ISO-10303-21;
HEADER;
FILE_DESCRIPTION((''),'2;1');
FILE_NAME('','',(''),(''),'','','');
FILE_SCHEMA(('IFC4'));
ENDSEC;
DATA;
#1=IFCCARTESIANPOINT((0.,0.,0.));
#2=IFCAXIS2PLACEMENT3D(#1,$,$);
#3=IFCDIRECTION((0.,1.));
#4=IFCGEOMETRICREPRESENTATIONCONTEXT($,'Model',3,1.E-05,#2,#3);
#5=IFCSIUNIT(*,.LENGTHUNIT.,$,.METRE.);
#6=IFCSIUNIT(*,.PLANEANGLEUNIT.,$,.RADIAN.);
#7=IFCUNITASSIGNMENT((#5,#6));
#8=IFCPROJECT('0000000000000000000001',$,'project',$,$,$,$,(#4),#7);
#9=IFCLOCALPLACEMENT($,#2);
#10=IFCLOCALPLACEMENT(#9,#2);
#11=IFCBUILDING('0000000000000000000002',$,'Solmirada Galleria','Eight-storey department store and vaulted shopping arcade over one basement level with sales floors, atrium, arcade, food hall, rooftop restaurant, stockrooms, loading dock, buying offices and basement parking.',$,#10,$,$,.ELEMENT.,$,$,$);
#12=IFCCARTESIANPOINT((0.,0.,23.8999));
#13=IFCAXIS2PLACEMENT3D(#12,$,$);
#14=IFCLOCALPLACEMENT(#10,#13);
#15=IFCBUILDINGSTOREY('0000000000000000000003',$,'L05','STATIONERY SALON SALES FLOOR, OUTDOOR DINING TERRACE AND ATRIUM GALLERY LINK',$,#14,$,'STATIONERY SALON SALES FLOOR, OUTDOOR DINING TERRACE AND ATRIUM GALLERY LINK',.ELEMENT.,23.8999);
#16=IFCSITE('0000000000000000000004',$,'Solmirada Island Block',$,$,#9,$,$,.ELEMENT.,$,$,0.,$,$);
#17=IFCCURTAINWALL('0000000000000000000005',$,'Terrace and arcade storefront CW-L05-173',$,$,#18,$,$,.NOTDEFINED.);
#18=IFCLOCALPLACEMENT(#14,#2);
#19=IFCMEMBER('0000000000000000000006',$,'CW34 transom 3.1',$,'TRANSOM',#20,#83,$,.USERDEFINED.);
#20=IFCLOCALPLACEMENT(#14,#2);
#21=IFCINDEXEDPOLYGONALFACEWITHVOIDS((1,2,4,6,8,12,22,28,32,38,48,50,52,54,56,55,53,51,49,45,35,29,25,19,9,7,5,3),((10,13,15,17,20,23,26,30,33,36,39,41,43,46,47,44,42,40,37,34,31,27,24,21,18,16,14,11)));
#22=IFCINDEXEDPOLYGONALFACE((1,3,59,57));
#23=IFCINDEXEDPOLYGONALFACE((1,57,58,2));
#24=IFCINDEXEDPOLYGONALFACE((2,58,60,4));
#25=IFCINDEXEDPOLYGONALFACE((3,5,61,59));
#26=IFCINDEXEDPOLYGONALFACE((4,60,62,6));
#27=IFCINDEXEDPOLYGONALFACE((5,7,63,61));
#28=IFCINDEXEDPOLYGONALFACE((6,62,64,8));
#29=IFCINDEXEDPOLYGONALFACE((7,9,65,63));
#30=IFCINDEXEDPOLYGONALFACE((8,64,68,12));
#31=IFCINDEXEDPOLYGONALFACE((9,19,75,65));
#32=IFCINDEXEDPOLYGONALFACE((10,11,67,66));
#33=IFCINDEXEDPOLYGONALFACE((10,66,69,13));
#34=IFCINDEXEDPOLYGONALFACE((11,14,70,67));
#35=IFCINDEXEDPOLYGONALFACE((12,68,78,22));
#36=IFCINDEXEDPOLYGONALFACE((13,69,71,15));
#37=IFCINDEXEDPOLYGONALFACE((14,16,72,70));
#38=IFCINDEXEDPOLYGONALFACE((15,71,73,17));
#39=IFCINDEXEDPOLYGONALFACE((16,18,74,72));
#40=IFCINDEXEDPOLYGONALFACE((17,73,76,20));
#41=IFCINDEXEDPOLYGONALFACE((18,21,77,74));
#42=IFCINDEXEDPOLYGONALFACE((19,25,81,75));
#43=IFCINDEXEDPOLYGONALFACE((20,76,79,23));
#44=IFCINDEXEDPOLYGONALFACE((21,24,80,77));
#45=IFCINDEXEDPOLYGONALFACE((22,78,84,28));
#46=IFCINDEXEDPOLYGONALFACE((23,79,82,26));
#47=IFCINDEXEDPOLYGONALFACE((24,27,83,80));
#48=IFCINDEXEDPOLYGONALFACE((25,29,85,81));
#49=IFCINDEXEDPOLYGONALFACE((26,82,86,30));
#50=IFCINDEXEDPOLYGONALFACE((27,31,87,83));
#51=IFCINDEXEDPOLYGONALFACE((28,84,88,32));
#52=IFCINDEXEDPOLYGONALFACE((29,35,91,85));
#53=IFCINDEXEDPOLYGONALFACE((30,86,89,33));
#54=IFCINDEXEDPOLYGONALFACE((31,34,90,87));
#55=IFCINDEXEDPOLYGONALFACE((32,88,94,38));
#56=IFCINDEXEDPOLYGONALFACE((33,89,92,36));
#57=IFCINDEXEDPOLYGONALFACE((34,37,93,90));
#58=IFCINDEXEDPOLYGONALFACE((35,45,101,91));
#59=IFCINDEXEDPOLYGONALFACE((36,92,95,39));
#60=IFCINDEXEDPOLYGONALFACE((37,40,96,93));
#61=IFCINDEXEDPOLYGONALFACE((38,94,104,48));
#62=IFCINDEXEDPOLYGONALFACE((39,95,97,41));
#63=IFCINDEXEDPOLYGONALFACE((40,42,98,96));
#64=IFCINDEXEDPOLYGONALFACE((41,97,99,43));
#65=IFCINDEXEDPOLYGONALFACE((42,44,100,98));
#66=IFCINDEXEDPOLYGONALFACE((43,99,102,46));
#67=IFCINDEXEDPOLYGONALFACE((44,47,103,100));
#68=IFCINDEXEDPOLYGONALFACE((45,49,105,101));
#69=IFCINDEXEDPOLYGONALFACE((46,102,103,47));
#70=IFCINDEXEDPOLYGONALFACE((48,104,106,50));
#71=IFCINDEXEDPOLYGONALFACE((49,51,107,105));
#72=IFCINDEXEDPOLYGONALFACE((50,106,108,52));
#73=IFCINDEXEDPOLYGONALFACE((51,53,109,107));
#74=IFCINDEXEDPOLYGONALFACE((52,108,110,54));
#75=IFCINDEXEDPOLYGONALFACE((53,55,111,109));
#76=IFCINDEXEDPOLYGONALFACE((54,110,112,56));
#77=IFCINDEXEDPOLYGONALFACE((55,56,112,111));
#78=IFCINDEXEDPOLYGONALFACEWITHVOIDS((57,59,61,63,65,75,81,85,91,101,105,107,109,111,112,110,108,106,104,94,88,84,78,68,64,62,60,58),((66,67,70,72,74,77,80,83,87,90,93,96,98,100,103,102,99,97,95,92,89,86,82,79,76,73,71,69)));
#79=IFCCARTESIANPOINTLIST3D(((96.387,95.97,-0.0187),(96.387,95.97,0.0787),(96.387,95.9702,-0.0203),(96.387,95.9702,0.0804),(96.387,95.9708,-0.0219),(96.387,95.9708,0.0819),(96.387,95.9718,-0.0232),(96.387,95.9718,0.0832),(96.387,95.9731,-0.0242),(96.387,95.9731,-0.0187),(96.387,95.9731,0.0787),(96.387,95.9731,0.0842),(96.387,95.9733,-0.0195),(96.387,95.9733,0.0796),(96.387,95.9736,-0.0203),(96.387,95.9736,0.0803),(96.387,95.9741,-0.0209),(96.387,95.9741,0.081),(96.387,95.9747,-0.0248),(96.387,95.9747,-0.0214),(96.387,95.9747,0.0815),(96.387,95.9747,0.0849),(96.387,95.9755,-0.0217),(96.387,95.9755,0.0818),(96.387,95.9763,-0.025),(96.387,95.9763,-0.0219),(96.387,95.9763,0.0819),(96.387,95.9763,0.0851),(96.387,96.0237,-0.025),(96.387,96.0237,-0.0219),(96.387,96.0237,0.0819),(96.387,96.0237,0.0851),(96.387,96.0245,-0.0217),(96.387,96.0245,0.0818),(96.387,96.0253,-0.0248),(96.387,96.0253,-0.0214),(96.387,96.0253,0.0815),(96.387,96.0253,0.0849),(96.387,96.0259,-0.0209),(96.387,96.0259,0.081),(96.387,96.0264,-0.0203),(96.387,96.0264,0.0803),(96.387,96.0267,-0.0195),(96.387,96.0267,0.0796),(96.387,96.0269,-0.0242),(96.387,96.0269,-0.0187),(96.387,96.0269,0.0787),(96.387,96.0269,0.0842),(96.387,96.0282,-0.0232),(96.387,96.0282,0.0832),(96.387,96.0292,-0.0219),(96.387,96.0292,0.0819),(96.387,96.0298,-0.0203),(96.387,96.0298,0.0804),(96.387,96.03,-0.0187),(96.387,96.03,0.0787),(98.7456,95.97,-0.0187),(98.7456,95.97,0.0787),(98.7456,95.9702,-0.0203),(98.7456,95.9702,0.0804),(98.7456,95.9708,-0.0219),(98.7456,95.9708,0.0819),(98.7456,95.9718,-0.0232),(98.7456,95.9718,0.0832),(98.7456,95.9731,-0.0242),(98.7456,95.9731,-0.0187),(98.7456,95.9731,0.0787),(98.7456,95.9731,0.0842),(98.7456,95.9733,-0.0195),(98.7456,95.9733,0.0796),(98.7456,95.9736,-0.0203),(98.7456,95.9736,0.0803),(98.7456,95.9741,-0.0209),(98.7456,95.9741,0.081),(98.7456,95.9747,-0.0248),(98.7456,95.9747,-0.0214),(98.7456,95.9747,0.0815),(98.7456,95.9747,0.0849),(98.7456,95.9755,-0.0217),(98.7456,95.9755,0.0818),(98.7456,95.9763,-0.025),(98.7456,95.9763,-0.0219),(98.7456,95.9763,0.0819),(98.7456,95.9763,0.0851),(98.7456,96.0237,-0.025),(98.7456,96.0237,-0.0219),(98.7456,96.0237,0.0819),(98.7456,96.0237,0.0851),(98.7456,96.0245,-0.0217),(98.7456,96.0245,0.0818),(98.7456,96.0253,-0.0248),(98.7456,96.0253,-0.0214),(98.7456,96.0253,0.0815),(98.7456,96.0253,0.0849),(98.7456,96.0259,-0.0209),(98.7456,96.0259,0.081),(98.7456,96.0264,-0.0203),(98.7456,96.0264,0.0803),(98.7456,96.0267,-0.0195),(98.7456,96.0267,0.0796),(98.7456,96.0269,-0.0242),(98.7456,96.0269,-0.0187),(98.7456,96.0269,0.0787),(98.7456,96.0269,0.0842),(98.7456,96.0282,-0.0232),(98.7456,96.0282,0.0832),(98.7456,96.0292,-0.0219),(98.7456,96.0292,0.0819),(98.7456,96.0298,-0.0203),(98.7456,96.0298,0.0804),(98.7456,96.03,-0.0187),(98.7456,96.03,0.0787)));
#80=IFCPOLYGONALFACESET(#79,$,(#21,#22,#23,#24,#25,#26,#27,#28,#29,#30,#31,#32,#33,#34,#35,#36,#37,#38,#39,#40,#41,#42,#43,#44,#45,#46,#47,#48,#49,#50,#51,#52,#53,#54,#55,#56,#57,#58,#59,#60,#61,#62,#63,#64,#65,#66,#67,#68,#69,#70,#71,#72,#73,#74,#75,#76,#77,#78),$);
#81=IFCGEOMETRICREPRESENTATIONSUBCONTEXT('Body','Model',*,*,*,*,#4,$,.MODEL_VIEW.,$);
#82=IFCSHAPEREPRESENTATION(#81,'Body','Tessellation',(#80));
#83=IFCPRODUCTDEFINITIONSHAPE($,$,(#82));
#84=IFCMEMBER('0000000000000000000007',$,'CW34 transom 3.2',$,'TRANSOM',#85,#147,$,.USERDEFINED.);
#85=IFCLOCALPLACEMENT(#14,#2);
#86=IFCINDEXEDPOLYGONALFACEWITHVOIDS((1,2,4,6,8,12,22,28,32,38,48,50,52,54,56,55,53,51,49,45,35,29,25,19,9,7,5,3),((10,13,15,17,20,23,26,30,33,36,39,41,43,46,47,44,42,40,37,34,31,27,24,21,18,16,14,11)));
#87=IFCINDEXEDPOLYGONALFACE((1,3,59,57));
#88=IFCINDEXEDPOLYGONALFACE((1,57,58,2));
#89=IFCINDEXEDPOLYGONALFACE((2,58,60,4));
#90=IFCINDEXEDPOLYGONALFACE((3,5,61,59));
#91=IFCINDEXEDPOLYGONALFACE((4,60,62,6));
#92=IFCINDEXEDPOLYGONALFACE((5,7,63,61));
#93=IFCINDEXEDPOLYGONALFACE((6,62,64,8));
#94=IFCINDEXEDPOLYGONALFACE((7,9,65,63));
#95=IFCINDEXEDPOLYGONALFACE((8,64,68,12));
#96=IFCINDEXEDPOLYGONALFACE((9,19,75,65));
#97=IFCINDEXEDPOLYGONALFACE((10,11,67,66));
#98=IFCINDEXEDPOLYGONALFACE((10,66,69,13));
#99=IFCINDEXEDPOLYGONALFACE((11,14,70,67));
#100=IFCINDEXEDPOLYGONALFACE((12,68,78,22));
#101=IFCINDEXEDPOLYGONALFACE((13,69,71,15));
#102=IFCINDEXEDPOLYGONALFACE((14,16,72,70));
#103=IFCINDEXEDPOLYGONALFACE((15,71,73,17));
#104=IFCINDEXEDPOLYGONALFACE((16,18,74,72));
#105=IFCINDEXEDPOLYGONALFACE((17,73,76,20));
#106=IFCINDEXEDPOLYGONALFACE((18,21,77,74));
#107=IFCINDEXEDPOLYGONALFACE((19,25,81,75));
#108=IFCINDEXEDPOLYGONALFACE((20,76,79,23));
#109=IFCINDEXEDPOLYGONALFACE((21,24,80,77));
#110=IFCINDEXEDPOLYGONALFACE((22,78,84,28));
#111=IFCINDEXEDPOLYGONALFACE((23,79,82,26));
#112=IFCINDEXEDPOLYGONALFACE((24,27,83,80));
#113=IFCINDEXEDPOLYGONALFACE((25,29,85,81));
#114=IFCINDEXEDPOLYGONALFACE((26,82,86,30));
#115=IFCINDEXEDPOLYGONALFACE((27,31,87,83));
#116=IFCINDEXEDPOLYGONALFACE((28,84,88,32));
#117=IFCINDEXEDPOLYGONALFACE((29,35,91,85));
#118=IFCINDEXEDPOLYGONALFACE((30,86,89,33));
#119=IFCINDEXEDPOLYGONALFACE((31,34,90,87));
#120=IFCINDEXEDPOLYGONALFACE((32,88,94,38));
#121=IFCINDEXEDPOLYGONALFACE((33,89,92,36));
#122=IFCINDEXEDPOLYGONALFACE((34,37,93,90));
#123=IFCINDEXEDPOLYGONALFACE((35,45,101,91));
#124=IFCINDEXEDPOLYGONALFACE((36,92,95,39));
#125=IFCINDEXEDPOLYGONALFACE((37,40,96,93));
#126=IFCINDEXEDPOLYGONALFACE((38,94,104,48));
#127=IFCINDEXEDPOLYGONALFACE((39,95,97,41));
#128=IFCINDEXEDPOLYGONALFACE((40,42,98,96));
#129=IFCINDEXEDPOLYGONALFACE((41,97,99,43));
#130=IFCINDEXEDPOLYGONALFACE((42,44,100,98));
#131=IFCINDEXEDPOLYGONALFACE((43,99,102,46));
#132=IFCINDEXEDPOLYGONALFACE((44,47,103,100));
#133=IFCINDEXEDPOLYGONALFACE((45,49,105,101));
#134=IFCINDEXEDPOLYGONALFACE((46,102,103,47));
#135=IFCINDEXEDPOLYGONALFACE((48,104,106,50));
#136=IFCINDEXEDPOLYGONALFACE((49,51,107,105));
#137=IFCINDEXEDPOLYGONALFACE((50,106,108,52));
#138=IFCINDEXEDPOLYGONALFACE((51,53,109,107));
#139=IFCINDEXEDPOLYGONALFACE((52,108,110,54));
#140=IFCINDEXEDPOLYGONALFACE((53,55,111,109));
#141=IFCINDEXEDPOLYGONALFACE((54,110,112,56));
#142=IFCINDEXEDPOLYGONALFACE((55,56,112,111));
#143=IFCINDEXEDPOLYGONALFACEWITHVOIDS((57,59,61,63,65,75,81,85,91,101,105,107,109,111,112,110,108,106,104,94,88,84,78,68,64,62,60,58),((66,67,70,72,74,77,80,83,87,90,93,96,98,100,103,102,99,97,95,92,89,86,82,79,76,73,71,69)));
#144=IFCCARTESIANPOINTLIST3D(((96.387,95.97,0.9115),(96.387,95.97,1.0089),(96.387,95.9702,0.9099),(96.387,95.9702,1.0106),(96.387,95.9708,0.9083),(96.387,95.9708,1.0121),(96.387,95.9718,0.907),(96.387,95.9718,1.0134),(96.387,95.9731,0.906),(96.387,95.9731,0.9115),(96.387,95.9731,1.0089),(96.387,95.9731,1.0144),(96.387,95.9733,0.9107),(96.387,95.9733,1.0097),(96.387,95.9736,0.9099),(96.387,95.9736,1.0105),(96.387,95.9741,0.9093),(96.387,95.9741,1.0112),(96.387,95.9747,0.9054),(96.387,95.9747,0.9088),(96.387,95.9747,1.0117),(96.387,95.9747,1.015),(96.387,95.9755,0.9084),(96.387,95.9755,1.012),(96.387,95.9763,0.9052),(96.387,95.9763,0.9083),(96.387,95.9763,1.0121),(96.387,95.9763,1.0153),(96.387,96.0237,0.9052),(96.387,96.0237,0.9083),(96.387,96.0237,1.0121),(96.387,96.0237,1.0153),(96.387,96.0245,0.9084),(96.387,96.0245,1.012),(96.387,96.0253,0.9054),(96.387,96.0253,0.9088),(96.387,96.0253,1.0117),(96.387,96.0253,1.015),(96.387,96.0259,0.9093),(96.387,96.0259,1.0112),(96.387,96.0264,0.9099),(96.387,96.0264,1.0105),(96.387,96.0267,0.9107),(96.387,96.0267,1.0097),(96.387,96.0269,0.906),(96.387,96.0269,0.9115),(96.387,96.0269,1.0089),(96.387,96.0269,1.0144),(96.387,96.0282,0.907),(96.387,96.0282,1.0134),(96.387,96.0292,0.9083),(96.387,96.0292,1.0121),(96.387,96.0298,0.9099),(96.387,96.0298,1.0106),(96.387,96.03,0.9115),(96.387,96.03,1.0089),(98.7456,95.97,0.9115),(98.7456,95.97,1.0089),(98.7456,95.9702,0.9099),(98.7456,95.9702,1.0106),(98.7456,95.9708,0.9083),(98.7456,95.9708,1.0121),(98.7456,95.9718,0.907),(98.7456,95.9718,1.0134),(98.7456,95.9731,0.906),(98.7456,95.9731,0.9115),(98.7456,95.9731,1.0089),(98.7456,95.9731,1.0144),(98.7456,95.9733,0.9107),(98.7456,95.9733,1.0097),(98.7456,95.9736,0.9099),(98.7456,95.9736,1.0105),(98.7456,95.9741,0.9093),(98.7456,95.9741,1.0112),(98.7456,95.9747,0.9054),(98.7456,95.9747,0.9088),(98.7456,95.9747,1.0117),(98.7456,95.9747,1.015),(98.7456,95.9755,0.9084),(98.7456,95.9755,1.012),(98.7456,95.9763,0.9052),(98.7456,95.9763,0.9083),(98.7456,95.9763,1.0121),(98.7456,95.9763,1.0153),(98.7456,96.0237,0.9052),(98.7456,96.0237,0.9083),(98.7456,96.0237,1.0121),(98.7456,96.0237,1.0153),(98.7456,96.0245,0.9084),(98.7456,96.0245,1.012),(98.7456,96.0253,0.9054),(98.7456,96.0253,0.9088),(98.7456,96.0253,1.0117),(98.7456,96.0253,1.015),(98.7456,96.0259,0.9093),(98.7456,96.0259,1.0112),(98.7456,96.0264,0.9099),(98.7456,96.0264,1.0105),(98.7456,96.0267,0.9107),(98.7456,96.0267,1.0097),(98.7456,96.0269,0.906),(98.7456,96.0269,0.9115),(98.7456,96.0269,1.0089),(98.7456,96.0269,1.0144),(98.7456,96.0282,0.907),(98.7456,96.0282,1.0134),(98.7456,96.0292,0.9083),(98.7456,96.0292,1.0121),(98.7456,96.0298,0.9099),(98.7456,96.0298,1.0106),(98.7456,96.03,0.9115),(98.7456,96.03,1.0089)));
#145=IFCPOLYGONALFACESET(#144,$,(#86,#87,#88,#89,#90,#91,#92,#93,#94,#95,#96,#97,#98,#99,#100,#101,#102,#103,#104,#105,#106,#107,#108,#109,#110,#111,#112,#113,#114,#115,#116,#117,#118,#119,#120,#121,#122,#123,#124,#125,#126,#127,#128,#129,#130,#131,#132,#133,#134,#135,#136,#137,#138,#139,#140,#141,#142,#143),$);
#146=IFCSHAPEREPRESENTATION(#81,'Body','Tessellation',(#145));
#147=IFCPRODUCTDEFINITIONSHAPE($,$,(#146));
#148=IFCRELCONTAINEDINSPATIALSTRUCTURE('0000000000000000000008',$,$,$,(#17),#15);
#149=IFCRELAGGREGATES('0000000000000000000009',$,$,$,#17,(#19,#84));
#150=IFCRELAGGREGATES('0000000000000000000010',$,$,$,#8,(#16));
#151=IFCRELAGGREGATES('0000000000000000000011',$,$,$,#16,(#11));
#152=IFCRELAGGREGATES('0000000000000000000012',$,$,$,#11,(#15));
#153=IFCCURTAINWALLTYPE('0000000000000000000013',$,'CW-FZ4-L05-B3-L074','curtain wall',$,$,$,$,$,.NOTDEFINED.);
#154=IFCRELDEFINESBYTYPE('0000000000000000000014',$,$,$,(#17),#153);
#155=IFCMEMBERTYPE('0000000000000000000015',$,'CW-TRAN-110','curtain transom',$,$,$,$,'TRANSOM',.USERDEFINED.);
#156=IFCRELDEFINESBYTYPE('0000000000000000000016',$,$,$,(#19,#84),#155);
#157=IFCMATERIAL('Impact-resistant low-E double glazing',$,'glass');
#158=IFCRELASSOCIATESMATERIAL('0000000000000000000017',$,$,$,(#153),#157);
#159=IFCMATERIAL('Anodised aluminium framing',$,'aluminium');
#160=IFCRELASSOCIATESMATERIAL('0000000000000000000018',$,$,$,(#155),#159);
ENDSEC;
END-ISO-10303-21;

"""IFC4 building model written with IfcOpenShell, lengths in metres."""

from ifc_helpers import new_model, si_unit, direction, frame, origin, origin_2d, place, context, subcontext, project, spatial, hollow_rectangle, extrude, material, material_profile, profile_set, type_object, element, aggregate, save


model = new_model("IFC4")

# Units and contexts
model_context = context("Model", 3, precision=1e-05, world=origin(), true_north=direction((0.0, 1.0)))
body_context = subcontext(model_context, "Body", "Model", "MODEL_VIEW")
ifc_project = project(units=[si_unit("LENGTHUNIT", "METRE"), si_unit("PLANEANGLEUNIT", "RADIAN")], contexts=[model_context])

# Site, building, storey
site_placement = place(None, origin())
site = spatial("IfcSite", under=ifc_project, at=site_placement, Name="Solmirada Island Block", CompositionType="ELEMENT", RefElevation=0.0)
building_placement = place(site_placement, origin())
building = spatial("IfcBuilding", under=site, at=building_placement, Name="Solmirada Galleria", Description="Eight-storey department store and vaulted shopping arcade over one basement level with sales floors, atrium, arcade, food hall, rooftop restaurant, stockrooms, loading dock, buying offices and basement parking.", CompositionType="ELEMENT")
storey_placement = place(building_placement, frame((0.0, 0.0, 23.8999)))
storey = spatial("IfcBuildingStorey", under=building, at=storey_placement, Name="L05", Description="STATIONERY SALON SALES FLOOR, OUTDOOR DINING TERRACE AND ATRIUM GALLERY LINK", LongName="STATIONERY SALON SALES FLOOR, OUTDOOR DINING TERRACE AND ATRIUM GALLERY LINK", CompositionType="ELEMENT", Elevation=23.8999)

# Shared definitions
ifc_material_1 = material(Name="Impact-resistant low-E double glazing", Category="glass")
curtain_wall_type = type_object("IfcCurtainWallType", Name="CW-FZ4-L05-B3-L074", Description="curtain wall", PredefinedType="NOTDEFINED", material=ifc_material_1)
ifc_material_2 = material(Name="Anodised aluminium framing", Category="aluminium")

# Curtain wall
curtain_wall_1_placement = place(storey_placement, origin())
curtain_wall_1 = element("IfcCurtainWall", 1, at=curtain_wall_1_placement, inside=storey, type_object=curtain_wall_type, Name="Terrace and arcade storefront CW-L05-173", PredefinedType="NOTDEFINED")

# Members
ifc_material_profile_1 = material_profile(ifc_material_2, hollow_rectangle(XDim=0.0601, YDim=0.1101, WallThickness=0.0032, InnerFilletRadius=0.0032, OuterFilletRadius=0.0063, at=origin_2d()), Name="ALU-TRAN-110X60")
ifc_profile_set_1 = profile_set([ifc_material_profile_1], Name="Anodised aluminium framing")
member_type_1 = type_object("IfcMemberType", Name="CW-TRAN-110", Description="curtain transom", ElementType="TRANSOM", PredefinedType="USERDEFINED", material=ifc_profile_set_1)
member_1_placement = place(storey_placement, frame((98.7456, 96.0, 0.03), z_axis=(-1.0, 0.0, 0.0), x_axis=(0.0, -1.0, 0.0)))
member_1 = element("IfcMember", 2, at=member_1_placement, type_object=member_type_1, Name="CW34 transom 3.1", ObjectType="TRANSOM", PredefinedType="USERDEFINED", context=body_context, shape_type="SweptSolid", body=[
    extrude(hollow_rectangle(XDim=0.0601, YDim=0.1101, WallThickness=0.0032, InnerFilletRadius=0.0032, OuterFilletRadius=0.0063, at=origin_2d()), origin(), (0.0, 0.0, 1.0), 2.3586),
])
member_2_placement = place(storey_placement, frame((98.7456, 96.0, 0.9602), z_axis=(-1.0, 0.0, 0.0), x_axis=(0.0, -1.0, 0.0)))
member_2 = element("IfcMember", 3, at=member_2_placement, type_object=member_type_1, Name="CW34 transom 3.2", ObjectType="TRANSOM", PredefinedType="USERDEFINED", context=body_context, shape_type="SweptSolid", body=[
    extrude(hollow_rectangle(XDim=0.0601, YDim=0.1101, WallThickness=0.0032, InnerFilletRadius=0.0032, OuterFilletRadius=0.0063, at=origin_2d()), origin(), (0.0, 0.0, 1.0), 2.3586),
])

aggregate(curtain_wall_1, [member_1, member_2])

save(model, "model.ifc")
